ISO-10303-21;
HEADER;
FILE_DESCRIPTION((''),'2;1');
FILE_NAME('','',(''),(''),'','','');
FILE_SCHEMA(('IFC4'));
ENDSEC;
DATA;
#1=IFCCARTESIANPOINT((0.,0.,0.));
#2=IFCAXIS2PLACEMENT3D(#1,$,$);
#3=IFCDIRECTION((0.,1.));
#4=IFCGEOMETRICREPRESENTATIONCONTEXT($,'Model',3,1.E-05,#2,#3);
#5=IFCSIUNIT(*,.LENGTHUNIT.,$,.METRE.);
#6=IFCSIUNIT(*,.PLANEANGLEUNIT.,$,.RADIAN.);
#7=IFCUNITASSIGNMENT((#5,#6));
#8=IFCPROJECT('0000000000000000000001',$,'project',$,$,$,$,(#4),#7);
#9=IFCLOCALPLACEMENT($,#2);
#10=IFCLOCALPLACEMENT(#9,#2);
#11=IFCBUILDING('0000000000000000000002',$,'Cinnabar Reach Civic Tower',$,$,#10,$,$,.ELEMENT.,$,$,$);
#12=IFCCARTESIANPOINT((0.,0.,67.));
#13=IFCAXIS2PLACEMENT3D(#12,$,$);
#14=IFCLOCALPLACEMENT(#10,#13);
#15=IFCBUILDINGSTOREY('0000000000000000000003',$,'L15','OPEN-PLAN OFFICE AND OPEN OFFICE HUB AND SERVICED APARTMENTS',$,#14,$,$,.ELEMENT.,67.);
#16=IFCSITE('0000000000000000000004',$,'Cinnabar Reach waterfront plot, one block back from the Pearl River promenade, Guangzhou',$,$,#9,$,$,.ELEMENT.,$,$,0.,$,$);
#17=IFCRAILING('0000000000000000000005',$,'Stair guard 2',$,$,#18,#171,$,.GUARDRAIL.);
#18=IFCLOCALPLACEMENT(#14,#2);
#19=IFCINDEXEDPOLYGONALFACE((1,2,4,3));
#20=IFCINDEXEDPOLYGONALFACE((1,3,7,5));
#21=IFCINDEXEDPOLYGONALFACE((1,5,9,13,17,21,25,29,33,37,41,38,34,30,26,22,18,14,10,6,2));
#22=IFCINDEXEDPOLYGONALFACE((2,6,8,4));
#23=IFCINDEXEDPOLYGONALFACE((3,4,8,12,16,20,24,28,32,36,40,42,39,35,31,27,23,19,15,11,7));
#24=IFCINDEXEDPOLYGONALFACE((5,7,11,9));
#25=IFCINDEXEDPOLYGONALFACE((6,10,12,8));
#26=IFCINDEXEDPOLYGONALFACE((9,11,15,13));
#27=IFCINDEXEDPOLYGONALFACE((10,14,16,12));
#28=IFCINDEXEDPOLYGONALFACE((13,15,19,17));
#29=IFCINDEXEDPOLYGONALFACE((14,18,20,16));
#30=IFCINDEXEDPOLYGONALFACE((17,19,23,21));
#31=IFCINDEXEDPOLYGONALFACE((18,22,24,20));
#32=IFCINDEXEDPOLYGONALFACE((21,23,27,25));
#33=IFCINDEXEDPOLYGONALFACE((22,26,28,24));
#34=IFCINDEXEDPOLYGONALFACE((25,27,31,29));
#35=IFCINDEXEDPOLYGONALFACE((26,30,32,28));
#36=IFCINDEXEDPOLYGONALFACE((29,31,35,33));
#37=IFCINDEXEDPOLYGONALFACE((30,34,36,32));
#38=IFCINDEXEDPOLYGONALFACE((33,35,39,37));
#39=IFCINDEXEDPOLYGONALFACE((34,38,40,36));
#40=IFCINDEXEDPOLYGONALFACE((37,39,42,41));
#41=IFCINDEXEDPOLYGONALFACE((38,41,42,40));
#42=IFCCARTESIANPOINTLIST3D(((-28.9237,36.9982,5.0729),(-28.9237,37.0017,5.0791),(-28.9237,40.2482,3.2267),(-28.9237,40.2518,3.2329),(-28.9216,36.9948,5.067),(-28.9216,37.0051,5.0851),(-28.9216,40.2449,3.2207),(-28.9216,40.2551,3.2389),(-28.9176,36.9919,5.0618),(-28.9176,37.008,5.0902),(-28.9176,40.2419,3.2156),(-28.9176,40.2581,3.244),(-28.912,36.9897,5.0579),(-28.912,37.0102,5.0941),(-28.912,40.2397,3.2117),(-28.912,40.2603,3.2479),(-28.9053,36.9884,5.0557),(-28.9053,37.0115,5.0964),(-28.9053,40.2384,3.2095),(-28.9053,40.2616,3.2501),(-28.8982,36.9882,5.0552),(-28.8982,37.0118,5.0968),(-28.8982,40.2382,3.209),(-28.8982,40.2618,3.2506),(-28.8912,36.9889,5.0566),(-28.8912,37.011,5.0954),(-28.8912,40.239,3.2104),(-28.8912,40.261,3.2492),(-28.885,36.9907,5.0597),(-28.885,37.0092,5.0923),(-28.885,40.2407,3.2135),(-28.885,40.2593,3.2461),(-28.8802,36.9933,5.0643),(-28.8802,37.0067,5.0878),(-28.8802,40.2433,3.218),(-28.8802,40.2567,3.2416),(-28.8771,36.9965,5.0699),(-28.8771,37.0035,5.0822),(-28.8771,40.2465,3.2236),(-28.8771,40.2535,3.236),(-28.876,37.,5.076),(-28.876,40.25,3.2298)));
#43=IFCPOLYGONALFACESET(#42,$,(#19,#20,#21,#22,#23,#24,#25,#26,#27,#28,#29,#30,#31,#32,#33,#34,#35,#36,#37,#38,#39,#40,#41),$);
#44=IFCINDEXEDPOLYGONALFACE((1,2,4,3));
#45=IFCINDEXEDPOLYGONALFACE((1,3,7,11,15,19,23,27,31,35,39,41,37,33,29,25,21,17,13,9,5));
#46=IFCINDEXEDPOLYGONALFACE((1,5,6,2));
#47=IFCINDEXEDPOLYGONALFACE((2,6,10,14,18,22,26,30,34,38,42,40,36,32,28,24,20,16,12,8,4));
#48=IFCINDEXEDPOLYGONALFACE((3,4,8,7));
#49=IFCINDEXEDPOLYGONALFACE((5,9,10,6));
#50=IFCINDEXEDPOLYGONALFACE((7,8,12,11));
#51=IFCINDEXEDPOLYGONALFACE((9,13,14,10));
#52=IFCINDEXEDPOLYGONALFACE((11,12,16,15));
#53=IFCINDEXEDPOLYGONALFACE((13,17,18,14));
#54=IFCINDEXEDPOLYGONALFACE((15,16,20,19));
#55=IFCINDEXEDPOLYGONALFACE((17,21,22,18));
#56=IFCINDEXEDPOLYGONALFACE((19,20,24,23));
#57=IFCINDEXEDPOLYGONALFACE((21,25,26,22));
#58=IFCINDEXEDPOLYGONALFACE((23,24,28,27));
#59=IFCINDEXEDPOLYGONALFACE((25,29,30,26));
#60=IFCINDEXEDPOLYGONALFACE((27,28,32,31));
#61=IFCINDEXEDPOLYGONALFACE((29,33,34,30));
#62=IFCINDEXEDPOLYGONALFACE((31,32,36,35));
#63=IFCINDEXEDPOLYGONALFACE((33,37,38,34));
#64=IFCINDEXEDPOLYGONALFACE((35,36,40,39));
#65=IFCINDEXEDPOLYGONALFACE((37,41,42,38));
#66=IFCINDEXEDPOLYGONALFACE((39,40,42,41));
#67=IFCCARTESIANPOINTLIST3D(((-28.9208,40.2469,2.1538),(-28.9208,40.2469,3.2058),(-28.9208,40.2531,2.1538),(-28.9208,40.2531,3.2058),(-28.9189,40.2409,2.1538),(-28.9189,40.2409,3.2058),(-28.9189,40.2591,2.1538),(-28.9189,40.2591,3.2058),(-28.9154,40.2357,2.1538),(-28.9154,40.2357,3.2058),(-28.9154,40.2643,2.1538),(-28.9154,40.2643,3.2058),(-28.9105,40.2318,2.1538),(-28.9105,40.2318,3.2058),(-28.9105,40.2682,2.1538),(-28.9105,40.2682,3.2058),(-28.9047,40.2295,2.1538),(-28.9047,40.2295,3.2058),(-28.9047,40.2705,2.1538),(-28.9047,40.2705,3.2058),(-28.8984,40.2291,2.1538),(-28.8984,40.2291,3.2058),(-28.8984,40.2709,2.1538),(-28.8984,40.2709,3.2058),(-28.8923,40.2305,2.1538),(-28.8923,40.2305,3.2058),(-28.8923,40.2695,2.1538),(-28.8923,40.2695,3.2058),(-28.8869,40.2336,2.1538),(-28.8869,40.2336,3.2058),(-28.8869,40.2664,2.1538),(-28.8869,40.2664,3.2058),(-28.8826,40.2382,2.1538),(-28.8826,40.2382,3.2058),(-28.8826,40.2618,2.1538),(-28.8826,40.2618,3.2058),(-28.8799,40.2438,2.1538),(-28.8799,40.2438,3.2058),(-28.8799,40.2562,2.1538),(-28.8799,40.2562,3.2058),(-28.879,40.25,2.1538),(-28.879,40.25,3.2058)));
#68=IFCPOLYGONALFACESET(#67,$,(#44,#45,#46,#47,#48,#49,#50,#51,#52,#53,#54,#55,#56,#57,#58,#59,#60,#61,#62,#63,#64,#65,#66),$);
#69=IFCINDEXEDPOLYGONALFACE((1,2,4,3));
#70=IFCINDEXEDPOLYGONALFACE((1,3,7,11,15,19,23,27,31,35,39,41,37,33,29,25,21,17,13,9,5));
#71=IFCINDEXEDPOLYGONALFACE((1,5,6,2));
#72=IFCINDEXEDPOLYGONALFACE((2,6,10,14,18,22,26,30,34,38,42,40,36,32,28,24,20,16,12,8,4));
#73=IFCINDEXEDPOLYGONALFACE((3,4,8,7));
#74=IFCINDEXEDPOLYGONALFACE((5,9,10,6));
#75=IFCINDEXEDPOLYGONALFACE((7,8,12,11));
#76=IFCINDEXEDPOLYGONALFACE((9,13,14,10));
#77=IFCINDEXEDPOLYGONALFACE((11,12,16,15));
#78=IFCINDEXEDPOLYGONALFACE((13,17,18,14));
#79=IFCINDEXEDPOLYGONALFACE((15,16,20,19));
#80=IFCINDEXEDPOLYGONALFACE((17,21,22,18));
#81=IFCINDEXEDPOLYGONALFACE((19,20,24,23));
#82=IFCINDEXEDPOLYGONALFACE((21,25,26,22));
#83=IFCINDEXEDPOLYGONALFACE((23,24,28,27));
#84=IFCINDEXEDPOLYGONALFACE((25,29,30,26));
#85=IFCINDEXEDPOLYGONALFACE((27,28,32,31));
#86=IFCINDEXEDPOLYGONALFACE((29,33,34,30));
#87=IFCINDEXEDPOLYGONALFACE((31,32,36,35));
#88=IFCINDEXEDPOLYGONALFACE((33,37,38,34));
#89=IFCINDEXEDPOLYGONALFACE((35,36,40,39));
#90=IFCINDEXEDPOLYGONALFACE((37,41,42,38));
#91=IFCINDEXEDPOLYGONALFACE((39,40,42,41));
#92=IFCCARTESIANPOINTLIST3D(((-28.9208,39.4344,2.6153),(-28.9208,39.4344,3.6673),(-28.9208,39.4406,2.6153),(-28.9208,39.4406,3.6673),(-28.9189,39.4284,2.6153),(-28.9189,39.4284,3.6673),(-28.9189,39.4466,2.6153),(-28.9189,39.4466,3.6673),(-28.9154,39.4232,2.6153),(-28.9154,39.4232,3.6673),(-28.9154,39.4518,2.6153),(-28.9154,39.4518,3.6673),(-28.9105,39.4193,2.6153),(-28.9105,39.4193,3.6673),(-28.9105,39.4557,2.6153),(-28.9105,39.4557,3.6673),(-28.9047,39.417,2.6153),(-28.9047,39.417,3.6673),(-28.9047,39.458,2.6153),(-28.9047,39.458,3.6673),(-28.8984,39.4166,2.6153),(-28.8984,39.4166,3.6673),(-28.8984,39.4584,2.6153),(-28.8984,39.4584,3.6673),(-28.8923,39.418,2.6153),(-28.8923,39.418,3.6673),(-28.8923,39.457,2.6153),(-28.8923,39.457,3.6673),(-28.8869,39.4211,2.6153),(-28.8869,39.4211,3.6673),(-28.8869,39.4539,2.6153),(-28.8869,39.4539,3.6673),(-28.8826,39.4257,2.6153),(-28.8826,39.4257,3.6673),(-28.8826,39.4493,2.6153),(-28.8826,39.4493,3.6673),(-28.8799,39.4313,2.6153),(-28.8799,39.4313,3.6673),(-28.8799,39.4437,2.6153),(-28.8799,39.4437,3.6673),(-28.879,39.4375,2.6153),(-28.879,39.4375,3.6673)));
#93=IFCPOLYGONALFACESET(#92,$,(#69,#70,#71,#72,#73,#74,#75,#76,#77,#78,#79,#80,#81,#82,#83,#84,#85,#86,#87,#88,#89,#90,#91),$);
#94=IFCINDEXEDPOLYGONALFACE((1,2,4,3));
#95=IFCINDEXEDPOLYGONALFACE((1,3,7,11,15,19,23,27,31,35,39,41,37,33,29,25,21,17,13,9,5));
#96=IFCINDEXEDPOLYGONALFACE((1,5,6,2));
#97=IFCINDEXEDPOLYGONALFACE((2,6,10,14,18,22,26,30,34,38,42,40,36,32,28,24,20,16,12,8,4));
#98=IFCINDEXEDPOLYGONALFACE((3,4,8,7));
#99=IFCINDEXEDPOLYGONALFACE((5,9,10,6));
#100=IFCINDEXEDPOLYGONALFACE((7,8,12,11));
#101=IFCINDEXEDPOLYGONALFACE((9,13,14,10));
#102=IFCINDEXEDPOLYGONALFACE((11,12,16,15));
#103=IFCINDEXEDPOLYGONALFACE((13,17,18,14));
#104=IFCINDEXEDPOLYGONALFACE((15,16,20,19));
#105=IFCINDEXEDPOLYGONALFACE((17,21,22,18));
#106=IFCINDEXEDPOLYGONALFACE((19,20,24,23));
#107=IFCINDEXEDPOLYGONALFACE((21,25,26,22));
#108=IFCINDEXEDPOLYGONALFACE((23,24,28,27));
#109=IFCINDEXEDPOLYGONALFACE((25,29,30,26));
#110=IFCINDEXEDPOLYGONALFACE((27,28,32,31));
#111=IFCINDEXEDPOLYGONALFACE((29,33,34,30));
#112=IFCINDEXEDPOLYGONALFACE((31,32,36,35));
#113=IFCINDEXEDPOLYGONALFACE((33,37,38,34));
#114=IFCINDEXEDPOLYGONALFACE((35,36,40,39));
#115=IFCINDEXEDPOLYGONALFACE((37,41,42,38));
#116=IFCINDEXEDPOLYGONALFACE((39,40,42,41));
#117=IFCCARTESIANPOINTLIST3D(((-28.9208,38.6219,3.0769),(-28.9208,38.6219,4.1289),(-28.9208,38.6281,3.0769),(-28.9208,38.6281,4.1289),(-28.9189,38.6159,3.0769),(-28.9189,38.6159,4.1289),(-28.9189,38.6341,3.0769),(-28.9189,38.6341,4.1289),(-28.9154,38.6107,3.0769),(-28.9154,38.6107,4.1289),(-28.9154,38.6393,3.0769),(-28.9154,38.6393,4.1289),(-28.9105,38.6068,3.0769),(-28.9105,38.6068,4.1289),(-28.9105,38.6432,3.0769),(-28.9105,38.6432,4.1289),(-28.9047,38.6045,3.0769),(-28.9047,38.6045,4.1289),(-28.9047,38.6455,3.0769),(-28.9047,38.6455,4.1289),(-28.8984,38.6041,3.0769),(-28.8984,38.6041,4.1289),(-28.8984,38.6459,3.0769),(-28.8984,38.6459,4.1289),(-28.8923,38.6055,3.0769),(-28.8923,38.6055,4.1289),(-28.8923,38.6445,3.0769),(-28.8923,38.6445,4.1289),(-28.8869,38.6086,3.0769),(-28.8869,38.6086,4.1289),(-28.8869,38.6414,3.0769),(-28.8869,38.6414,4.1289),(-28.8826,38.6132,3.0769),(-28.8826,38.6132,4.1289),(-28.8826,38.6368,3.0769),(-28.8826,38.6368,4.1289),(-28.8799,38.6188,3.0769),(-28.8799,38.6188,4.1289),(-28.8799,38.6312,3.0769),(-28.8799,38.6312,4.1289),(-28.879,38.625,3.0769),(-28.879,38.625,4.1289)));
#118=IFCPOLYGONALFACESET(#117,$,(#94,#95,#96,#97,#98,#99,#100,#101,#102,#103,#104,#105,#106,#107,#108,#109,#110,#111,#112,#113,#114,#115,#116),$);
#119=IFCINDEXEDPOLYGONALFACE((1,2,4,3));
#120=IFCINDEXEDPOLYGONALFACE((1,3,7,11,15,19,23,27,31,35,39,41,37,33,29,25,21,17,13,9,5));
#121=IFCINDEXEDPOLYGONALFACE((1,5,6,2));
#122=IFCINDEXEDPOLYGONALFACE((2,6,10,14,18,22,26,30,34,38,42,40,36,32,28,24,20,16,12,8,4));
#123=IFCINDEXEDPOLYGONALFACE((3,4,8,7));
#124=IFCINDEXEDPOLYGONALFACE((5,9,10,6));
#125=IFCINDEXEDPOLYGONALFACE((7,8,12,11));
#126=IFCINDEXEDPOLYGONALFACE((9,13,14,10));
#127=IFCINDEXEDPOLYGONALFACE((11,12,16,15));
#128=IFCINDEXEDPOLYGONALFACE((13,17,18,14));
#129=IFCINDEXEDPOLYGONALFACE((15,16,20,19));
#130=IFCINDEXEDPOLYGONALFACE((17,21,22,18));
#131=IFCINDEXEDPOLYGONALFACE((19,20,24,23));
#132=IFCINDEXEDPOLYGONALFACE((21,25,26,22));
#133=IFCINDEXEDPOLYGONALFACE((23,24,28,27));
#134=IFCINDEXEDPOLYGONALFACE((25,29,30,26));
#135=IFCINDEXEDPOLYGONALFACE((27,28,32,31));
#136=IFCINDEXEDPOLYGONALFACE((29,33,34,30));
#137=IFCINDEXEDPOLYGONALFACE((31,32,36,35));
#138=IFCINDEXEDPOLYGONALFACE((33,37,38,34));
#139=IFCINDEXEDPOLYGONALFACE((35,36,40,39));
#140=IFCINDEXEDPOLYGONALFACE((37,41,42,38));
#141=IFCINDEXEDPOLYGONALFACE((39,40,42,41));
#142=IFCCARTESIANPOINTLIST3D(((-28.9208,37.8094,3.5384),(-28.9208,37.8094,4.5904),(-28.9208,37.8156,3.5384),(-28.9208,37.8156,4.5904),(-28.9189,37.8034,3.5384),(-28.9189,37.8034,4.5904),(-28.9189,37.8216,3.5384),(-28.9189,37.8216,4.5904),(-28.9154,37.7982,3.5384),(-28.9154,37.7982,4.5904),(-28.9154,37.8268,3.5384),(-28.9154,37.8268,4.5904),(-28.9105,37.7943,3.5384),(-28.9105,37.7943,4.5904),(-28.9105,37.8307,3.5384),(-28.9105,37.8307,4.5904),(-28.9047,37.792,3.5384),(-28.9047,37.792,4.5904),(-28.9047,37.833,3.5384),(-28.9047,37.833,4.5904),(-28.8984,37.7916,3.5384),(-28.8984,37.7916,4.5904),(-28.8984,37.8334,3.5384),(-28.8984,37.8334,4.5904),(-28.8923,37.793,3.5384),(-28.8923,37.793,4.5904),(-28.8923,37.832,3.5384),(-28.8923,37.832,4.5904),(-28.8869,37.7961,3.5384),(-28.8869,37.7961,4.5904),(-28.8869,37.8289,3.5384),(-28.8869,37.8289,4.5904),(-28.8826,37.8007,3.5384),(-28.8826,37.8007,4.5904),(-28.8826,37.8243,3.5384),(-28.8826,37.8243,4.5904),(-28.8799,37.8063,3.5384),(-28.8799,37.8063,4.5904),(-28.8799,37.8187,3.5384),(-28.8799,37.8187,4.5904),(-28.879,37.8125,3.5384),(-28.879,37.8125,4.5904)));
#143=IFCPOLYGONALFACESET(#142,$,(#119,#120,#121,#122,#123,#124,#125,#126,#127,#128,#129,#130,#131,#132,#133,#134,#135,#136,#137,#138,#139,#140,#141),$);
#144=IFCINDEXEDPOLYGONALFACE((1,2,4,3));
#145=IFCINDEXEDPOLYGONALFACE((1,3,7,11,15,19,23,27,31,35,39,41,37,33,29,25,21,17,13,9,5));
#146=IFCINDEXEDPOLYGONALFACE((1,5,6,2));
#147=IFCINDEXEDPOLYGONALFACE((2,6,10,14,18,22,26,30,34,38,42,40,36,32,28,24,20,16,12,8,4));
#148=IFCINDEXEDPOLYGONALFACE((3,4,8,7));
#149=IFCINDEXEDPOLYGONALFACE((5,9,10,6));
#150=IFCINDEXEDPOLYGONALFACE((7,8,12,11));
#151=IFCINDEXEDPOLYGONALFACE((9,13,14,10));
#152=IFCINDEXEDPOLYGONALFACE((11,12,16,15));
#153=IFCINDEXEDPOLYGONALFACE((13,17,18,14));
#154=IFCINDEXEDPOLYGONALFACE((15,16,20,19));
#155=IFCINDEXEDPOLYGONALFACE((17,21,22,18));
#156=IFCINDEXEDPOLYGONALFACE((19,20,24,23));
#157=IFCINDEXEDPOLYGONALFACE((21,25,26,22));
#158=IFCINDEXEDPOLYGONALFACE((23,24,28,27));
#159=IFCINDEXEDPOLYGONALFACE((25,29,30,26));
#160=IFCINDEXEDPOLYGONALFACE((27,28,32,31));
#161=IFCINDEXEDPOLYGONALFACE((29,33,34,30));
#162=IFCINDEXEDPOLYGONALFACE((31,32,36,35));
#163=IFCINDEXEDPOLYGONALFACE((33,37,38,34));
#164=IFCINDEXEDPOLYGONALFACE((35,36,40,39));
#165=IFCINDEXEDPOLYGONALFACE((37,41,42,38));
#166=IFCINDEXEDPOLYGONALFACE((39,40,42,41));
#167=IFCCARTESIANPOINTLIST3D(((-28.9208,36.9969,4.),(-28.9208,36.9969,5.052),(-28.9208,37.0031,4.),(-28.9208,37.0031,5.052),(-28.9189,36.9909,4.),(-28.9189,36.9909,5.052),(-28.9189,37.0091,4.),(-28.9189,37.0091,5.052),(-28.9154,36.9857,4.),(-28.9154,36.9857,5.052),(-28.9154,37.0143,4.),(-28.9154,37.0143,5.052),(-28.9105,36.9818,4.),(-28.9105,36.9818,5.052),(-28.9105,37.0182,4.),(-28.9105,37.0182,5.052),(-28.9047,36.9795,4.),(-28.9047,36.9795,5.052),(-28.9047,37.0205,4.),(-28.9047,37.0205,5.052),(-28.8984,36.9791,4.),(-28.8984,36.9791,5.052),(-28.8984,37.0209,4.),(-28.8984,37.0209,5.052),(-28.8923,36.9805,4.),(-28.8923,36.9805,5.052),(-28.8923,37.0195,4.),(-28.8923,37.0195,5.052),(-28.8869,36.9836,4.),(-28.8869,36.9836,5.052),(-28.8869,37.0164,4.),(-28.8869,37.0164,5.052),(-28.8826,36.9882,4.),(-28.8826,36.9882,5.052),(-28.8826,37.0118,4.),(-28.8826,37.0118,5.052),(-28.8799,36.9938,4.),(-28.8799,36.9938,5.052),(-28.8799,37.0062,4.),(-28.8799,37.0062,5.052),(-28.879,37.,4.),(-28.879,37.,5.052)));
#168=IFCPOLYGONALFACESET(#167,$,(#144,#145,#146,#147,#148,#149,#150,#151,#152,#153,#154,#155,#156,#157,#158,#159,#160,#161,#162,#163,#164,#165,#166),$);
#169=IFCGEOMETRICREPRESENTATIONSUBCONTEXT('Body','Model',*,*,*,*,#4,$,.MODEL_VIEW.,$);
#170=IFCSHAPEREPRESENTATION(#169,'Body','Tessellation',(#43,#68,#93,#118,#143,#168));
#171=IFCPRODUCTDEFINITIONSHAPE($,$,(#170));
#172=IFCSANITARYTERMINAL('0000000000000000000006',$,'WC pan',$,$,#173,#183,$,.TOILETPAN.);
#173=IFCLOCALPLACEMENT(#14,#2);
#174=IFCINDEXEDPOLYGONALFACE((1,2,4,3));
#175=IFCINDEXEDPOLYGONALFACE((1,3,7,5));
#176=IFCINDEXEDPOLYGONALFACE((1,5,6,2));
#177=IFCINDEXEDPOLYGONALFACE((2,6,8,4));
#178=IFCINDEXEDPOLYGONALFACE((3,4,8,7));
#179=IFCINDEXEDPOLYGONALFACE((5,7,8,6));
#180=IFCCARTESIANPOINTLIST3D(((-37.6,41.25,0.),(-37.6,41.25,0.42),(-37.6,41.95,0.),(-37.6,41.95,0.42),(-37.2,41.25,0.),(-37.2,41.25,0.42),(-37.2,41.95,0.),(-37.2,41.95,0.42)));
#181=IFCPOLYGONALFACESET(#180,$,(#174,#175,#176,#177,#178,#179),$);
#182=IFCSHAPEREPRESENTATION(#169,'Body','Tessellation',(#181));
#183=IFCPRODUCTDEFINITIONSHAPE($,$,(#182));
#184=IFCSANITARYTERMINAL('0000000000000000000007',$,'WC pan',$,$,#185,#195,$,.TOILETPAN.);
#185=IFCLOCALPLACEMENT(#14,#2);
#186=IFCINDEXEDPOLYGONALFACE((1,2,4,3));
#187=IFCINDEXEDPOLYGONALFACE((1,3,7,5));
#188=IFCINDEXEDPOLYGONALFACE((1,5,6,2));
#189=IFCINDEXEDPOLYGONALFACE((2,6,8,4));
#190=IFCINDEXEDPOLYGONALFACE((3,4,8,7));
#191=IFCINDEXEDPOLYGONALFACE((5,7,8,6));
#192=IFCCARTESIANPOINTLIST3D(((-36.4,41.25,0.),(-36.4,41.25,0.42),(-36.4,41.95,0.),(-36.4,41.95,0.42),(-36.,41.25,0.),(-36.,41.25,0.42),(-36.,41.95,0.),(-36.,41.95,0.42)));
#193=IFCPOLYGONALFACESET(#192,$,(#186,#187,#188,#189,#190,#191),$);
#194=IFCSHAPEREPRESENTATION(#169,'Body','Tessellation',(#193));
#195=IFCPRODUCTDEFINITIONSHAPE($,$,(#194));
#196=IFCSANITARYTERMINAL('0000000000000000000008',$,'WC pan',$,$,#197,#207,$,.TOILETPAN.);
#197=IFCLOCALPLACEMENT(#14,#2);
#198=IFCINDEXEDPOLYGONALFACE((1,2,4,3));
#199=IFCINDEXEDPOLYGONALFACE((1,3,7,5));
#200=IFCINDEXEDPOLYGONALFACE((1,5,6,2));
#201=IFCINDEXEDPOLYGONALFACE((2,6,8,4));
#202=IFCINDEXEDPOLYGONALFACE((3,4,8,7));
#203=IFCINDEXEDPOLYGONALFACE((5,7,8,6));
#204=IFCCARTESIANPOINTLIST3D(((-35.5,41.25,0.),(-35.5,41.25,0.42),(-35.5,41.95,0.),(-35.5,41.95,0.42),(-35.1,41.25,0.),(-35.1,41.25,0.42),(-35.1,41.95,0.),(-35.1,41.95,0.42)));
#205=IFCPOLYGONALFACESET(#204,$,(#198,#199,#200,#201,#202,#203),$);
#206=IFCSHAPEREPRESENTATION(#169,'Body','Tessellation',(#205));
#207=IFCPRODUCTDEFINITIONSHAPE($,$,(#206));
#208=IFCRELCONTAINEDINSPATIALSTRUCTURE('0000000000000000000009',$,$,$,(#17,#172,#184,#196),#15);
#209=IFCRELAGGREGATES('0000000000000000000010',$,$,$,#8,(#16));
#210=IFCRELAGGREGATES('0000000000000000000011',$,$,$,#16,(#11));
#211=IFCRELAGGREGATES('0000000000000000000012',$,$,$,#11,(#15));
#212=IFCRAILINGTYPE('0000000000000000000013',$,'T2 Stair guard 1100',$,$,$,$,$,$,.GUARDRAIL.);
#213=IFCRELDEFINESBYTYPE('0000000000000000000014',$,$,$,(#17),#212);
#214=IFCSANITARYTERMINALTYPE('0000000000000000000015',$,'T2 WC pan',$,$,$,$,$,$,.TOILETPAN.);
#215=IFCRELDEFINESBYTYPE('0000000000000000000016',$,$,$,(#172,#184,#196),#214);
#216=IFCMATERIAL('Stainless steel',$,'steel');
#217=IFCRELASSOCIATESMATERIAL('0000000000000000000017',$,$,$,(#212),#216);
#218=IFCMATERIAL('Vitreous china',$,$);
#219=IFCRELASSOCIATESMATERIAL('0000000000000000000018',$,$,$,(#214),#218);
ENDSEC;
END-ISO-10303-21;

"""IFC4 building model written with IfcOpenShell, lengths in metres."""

from ifc_helpers import new_model, si_unit, direction, frame, origin, origin_2d, place, context, subcontext, project, spatial, rectangle, circle, extrude, material, type_object, element, save


model = new_model("IFC4")

# Units and contexts
model_context = context("Model", 3, precision=1e-05, world=origin(), true_north=direction((0.0, 1.0)))
body_context = subcontext(model_context, "Body", "Model", "MODEL_VIEW")
ifc_project = project(units=[si_unit("LENGTHUNIT", "METRE"), si_unit("PLANEANGLEUNIT", "RADIAN")], contexts=[model_context])

# Site, building, storey
site_placement = place(None, origin())
site = spatial("IfcSite", under=ifc_project, at=site_placement, Name="Cinnabar Reach waterfront plot, one block back from the Pearl River promenade, Guangzhou", CompositionType="ELEMENT", RefElevation=0.0)
building_placement = place(site_placement, origin())
building = spatial("IfcBuilding", under=site, at=building_placement, Name="Cinnabar Reach Civic Tower", CompositionType="ELEMENT")
storey_placement = place(building_placement, frame((0.0, 0.0, 67.0)))
storey = spatial("IfcBuildingStorey", under=building, at=storey_placement, Name="L15", Description="OPEN-PLAN OFFICE AND OPEN OFFICE HUB AND SERVICED APARTMENTS", CompositionType="ELEMENT", Elevation=67.0)

# Railing
ifc_material_1 = material(Name="Stainless steel", Category="steel")
railing_type = type_object("IfcRailingType", Name="T2 Stair guard 1100", PredefinedType="GUARDRAIL", material=ifc_material_1)
railing_1_placement = place(storey_placement, frame((-28.9, 40.25, 2.1538)))
element("IfcRailing", 1, at=railing_1_placement, inside=storey, type_object=railing_type, Name="Stair guard 2", PredefinedType="GUARDRAIL", context=body_context, shape_type="SweptSolid", body=[
    extrude(circle(Radius=0.024, at=origin_2d()), frame((0.0, 0.0, 1.076), z_axis=(0.0, -0.869501, 0.49393), x_axis=(1.0, 0.0, 0.0)), (0.0, 0.0, 1.0), 3.7378),
    extrude(circle(Radius=0.021, at=origin_2d()), origin(), (0.0, 0.0, 1.0), 1.052),
    extrude(circle(Radius=0.021, at=origin_2d()), frame((0.0, -0.8125, 0.4615)), (0.0, 0.0, 1.0), 1.052),
    extrude(circle(Radius=0.021, at=origin_2d()), frame((0.0, -1.625, 0.9231)), (0.0, 0.0, 1.0), 1.052),
    extrude(circle(Radius=0.021, at=origin_2d()), frame((0.0, -2.4375, 1.3846)), (0.0, 0.0, 1.0), 1.052),
    extrude(circle(Radius=0.021, at=origin_2d()), frame((0.0, -3.25, 1.8462)), (0.0, 0.0, 1.0), 1.052),
])

# Sanitary terminals
ifc_material_2 = material(Name="Vitreous china")
sanitary_terminal_type = type_object("IfcSanitaryTerminalType", Name="T2 WC pan", PredefinedType="TOILETPAN", material=ifc_material_2)
for number, where, z_axis, x_axis, name in (
    (2, (-37.4, 41.6, 0.0), (0.0, 0.0, 1.0), (1.0, 0.0, 0.0), "WC pan"),
    (3, (-36.2, 41.6, 0.0), (0.0, 0.0, 1.0), (1.0, 0.0, 0.0), "WC pan"),
    (4, (-35.3, 41.6, 0.0), (0.0, 0.0, 1.0), (1.0, 0.0, 0.0), "WC pan"),
):
    element("IfcSanitaryTerminal", number, at=place(storey_placement, frame(where, z_axis=z_axis, x_axis=x_axis)), inside=storey, type_object=sanitary_terminal_type, Name=name, PredefinedType="TOILETPAN", context=body_context, shape_type="SweptSolid", body=[
        extrude(rectangle(XDim=0.4, YDim=0.7, at=origin_2d()), origin(), (0.0, 0.0, 1.0), 0.42),
    ])

save(model, "model.ifc")
